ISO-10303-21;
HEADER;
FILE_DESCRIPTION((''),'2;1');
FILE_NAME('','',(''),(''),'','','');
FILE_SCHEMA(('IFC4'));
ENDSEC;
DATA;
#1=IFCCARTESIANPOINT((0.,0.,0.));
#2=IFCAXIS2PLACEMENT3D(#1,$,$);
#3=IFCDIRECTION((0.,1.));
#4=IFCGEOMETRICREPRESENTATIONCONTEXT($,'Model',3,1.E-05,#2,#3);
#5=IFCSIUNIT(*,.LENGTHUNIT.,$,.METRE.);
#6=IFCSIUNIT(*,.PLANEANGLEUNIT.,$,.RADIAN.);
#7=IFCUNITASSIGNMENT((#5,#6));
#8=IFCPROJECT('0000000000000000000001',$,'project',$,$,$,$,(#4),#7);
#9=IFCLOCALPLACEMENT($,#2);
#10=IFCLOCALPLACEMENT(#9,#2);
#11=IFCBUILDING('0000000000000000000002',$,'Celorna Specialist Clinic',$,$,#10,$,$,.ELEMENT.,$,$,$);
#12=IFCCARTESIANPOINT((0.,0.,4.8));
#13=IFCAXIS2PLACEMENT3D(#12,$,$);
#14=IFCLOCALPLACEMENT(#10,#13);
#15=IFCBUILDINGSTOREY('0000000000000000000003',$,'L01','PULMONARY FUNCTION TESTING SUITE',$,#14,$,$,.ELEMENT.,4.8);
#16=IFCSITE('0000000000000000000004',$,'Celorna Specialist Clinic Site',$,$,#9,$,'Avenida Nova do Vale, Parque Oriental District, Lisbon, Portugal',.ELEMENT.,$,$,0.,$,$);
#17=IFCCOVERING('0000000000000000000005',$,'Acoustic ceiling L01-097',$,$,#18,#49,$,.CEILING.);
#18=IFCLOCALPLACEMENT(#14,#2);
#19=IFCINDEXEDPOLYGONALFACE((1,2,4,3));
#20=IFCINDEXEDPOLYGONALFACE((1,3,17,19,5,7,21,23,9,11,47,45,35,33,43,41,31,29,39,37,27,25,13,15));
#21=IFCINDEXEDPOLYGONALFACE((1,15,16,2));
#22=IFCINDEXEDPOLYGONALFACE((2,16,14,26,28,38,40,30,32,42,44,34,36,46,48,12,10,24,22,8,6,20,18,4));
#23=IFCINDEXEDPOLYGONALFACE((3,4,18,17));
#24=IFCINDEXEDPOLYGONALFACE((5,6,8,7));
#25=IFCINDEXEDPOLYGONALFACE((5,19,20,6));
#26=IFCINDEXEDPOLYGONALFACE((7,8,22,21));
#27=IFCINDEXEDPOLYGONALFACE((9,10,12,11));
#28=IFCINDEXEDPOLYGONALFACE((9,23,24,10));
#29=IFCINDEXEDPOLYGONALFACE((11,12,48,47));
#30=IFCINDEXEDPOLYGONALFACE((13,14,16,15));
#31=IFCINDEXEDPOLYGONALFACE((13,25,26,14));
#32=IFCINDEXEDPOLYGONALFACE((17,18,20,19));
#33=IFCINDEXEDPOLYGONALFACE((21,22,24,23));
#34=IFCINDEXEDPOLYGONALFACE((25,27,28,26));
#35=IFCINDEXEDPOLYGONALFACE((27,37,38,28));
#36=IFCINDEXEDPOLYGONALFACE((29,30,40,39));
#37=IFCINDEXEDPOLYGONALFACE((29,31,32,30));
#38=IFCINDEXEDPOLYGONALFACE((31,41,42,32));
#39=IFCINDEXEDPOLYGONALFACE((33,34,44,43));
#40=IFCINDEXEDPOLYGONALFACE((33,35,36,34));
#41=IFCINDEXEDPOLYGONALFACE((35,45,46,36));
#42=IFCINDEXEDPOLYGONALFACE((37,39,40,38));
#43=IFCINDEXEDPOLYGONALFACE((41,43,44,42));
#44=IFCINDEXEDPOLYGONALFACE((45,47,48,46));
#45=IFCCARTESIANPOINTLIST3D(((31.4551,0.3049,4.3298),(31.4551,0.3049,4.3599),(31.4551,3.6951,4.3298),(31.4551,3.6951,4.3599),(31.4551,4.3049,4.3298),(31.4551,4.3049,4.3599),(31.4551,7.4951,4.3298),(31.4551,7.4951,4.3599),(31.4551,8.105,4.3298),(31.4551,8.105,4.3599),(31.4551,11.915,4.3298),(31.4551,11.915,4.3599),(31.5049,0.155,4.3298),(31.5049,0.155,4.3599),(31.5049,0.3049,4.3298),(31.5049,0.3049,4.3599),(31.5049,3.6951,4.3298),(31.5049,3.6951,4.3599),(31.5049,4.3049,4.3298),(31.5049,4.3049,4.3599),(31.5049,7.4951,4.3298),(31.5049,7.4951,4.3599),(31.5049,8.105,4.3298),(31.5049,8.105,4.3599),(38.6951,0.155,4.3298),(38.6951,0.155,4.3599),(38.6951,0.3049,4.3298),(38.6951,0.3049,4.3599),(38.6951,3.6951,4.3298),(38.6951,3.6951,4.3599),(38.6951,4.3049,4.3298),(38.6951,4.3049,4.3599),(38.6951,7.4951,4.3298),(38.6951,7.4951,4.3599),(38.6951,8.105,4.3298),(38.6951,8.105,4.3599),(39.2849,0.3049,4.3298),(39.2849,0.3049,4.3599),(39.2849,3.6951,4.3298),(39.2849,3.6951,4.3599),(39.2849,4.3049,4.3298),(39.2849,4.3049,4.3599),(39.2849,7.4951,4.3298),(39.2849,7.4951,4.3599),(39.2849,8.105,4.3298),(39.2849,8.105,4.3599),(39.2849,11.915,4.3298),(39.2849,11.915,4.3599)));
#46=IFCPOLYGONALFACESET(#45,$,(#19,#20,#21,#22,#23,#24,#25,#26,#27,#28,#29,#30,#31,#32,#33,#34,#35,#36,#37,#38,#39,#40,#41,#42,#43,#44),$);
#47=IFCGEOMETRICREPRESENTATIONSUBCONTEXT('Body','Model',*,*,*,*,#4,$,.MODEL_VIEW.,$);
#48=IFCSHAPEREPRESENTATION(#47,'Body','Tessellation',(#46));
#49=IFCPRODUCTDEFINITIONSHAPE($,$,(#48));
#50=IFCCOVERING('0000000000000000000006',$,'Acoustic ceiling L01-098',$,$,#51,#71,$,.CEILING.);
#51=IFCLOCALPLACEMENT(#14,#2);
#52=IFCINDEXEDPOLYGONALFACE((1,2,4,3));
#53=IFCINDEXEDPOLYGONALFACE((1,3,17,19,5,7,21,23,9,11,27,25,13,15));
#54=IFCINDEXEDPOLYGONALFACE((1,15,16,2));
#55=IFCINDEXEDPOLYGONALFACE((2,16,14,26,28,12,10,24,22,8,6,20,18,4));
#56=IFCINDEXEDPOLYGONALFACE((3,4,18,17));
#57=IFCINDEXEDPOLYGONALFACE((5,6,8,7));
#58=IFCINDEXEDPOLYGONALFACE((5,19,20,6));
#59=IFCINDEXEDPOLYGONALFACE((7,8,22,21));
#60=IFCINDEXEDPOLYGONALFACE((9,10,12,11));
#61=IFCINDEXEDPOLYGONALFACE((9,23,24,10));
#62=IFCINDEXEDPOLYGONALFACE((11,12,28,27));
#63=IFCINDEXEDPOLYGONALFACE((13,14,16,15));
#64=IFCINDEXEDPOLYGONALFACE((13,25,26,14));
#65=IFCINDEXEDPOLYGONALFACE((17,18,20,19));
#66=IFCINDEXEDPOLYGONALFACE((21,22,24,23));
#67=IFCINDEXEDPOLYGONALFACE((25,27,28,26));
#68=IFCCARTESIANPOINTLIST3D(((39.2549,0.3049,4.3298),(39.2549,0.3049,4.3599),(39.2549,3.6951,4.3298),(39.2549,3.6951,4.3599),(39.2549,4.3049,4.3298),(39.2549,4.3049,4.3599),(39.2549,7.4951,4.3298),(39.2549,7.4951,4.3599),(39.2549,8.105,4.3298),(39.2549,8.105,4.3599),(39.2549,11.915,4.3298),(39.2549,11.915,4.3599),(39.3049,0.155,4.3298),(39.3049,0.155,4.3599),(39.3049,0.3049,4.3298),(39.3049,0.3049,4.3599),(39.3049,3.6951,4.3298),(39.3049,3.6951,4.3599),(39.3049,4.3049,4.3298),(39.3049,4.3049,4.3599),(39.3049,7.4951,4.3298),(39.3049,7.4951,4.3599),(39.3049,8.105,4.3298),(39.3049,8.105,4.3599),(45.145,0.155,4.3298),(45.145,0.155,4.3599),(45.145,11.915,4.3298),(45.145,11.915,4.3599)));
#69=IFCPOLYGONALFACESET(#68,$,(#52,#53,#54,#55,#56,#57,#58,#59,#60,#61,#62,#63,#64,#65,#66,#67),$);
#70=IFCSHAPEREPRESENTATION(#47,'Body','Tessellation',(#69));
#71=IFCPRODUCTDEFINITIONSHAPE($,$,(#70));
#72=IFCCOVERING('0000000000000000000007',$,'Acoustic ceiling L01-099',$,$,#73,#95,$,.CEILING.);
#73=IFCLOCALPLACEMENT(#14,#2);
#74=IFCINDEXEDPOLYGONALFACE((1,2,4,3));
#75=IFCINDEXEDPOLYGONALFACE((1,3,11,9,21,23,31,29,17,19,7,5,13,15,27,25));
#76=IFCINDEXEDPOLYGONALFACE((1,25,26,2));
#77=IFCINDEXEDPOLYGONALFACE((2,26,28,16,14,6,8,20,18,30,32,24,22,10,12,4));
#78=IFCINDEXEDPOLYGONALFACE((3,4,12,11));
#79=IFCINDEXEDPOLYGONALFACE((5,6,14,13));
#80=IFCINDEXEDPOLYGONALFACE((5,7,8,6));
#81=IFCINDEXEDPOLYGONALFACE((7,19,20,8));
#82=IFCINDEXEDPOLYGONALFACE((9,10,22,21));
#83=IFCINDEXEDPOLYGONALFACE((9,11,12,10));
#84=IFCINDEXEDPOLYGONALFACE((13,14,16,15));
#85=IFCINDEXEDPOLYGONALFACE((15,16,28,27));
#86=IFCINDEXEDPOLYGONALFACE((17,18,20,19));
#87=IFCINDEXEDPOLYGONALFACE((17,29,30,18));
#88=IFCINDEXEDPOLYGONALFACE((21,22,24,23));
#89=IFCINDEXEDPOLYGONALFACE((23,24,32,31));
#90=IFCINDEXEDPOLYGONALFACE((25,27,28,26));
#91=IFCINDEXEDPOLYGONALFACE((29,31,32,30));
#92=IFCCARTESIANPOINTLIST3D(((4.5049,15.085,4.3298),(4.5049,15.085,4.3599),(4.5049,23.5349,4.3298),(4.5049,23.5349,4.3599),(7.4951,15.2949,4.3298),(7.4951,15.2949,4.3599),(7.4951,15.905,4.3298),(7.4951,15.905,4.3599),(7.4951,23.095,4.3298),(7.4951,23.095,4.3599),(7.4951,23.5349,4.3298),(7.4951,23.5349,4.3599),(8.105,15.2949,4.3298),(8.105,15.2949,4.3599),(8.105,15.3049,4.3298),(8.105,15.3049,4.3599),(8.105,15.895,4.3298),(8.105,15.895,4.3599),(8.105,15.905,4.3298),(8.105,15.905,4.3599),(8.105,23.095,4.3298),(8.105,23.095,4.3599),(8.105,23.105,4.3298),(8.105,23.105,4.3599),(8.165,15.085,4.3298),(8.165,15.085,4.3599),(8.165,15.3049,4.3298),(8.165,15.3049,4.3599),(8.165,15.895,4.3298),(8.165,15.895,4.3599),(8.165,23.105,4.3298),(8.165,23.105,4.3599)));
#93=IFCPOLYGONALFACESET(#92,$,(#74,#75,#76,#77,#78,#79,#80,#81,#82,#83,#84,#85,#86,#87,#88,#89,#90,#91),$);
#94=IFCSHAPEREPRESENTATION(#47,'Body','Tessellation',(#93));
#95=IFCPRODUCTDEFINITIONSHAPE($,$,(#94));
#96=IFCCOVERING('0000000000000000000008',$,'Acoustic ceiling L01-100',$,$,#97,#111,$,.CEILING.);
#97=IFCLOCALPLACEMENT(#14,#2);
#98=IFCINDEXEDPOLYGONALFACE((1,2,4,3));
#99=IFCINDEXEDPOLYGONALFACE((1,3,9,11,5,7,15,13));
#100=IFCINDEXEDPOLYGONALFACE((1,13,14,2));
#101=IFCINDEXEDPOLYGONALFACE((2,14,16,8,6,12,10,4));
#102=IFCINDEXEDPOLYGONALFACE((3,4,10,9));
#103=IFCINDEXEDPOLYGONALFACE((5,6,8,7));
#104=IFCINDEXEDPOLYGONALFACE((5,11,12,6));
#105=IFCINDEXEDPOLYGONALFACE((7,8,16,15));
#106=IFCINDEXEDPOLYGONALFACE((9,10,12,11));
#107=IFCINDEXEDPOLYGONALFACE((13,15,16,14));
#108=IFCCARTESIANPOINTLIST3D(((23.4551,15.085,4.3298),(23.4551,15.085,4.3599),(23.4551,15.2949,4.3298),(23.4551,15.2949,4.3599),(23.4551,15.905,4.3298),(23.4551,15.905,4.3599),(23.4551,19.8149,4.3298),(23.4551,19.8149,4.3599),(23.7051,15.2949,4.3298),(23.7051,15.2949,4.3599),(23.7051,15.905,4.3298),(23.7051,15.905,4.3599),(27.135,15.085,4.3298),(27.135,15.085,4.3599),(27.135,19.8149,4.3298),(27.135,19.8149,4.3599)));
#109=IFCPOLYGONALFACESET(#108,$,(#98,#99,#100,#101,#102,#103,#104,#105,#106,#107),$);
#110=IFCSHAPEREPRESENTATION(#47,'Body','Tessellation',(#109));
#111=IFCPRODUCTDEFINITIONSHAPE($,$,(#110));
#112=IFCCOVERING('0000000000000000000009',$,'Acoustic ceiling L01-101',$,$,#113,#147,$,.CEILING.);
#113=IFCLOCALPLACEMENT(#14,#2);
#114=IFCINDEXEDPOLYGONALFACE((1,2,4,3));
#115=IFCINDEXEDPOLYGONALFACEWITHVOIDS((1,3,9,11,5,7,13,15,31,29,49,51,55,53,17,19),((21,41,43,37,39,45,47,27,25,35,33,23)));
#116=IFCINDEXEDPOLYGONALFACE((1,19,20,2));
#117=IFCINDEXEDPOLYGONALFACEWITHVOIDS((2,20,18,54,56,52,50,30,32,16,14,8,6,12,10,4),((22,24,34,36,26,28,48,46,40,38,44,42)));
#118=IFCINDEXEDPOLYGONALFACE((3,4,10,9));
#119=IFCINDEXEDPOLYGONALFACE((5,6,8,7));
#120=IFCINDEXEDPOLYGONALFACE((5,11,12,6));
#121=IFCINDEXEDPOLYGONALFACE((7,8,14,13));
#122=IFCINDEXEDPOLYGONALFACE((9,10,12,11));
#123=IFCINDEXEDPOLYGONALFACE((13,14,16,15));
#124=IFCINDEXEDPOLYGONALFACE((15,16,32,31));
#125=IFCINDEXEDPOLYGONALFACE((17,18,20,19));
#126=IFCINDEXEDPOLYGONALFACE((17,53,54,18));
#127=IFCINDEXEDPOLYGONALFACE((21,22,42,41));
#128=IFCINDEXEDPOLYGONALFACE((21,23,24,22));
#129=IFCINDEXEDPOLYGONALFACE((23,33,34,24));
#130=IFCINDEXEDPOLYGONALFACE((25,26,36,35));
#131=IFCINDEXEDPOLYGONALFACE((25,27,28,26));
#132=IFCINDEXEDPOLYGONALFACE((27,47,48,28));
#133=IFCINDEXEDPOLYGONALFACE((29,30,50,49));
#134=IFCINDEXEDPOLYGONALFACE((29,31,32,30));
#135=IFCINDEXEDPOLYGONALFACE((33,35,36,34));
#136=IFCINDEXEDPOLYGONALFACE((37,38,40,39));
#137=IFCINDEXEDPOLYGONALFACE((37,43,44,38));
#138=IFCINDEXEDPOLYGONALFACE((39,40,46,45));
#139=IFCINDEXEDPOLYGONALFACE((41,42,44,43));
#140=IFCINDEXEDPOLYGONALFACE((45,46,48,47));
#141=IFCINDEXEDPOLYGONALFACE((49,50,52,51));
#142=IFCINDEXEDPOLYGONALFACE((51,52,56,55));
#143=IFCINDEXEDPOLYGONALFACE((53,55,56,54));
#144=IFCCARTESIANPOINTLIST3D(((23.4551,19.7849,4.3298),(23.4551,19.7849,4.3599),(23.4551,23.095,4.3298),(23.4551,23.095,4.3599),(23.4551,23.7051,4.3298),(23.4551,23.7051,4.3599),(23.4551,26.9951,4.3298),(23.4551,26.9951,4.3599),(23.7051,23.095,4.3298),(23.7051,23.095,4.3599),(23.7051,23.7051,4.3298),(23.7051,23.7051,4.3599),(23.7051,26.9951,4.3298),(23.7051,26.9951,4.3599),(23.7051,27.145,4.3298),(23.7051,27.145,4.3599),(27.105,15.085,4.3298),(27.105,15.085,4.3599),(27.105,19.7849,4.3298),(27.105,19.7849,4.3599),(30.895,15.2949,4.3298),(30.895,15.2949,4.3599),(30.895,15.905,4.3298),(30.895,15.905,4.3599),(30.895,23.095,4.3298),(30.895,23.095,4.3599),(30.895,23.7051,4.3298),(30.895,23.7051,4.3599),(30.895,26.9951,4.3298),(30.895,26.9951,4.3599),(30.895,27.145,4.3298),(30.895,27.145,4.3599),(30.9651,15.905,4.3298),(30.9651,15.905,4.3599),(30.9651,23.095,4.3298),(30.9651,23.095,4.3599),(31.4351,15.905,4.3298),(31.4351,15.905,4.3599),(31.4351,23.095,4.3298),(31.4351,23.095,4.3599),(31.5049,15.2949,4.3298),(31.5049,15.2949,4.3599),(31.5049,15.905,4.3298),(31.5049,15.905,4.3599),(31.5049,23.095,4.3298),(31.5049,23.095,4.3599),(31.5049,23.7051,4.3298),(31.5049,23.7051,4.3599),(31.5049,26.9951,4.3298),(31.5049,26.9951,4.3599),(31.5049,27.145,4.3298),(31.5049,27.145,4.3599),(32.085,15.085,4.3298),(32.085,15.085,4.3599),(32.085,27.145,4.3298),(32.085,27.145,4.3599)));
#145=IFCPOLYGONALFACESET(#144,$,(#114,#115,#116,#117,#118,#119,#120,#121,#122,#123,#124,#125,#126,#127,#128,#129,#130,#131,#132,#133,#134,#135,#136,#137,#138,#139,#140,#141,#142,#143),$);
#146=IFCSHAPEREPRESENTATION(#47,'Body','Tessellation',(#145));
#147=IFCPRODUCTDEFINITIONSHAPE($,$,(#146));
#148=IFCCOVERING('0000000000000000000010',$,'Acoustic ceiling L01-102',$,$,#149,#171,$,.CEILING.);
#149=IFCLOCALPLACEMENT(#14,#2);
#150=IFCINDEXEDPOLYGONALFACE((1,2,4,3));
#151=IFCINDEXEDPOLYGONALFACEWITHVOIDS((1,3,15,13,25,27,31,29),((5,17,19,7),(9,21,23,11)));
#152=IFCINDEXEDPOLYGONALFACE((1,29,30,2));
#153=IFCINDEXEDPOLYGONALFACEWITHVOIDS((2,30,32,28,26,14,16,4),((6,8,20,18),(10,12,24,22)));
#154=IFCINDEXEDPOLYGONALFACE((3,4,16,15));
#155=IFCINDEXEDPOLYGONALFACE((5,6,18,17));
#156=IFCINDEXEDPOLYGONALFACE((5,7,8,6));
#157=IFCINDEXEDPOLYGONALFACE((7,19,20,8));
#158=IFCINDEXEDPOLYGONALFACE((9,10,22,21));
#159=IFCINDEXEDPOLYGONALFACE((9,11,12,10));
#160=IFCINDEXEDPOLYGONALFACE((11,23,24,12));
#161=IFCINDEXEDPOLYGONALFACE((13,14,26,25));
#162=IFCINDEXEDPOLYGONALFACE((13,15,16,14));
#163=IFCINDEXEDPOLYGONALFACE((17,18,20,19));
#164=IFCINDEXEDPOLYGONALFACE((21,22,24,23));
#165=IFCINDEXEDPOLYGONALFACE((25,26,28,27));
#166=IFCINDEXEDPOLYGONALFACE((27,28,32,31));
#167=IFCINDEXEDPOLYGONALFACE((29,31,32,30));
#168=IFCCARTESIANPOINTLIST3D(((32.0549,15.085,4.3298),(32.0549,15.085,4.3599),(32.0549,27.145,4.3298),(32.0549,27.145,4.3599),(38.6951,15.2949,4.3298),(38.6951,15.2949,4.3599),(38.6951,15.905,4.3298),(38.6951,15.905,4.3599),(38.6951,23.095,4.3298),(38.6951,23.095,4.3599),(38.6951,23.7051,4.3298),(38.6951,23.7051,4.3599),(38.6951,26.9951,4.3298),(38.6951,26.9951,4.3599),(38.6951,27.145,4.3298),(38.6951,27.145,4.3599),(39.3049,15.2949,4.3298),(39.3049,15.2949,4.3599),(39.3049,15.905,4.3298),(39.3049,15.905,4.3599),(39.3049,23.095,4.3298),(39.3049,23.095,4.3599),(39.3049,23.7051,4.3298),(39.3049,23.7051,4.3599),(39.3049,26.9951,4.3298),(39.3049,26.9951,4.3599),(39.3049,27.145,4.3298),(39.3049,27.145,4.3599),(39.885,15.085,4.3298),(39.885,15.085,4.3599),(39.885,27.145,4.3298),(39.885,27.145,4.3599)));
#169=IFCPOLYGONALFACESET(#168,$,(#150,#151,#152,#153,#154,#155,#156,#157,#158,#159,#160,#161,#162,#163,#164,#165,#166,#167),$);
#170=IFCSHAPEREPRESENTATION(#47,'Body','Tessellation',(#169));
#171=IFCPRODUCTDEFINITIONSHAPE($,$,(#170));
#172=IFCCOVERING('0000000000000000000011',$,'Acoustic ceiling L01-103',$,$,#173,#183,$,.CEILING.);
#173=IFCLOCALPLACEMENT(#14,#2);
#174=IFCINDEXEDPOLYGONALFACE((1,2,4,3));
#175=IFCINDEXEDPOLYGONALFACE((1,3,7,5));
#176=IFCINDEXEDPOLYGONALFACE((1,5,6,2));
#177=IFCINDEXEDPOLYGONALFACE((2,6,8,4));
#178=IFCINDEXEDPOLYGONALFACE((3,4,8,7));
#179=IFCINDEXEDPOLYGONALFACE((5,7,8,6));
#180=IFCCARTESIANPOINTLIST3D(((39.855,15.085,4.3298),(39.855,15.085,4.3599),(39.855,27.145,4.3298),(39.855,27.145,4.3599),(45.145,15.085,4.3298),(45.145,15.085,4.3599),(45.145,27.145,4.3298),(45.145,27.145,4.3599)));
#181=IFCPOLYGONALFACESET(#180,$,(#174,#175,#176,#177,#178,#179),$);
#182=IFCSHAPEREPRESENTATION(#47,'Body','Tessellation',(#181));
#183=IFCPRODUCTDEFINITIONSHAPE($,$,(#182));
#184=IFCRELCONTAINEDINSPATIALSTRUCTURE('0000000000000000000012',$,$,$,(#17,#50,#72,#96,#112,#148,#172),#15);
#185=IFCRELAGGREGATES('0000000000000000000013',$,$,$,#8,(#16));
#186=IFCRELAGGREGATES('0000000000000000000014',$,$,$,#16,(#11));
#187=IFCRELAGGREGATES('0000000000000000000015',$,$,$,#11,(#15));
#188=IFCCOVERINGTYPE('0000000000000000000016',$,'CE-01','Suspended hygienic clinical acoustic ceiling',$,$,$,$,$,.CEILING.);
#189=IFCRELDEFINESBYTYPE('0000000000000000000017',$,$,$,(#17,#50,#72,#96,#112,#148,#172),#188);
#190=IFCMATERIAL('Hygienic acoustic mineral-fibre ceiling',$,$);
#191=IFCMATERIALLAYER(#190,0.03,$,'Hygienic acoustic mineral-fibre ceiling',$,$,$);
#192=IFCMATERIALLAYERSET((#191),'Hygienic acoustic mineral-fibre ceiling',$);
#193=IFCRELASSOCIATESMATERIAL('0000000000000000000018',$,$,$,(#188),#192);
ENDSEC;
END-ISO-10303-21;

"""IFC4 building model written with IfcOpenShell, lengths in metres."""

from ifc_helpers import new_model, si_unit, direction, frame, origin, place, context, subcontext, project, spatial, polyline, outline, extrude, material, layer, layer_set, type_object, element, save


model = new_model("IFC4")

# Units and contexts
model_context = context("Model", 3, precision=1e-05, world=origin(), true_north=direction((0.0, 1.0)))
body_context = subcontext(model_context, "Body", "Model", "MODEL_VIEW")
ifc_project = project(units=[si_unit("LENGTHUNIT", "METRE"), si_unit("PLANEANGLEUNIT", "RADIAN")], contexts=[model_context])

# Site, building, storey
site_placement = place(None, origin())
site = spatial("IfcSite", under=ifc_project, at=site_placement, Name="Celorna Specialist Clinic Site", LongName="Avenida Nova do Vale, Parque Oriental District, Lisbon, Portugal", CompositionType="ELEMENT", RefElevation=0.0)
building_placement = place(site_placement, origin())
building = spatial("IfcBuilding", under=site, at=building_placement, Name="Celorna Specialist Clinic", CompositionType="ELEMENT")
storey_placement = place(building_placement, frame((0.0, 0.0, 4.8)))
storey = spatial("IfcBuildingStorey", under=building, at=storey_placement, Name="L01", Description="PULMONARY FUNCTION TESTING SUITE", CompositionType="ELEMENT", Elevation=4.8)

# Coverings
ifc_material_1 = material(Name="Hygienic acoustic mineral-fibre ceiling")
ifc_layer_1 = layer(ifc_material_1, 0.03, Name="Hygienic acoustic mineral-fibre ceiling")
ifc_layer_set_1 = layer_set([ifc_layer_1], Name="Hygienic acoustic mineral-fibre ceiling")
covering_type_1 = type_object("IfcCoveringType", Name="CE-01", Description="Suspended hygienic clinical acoustic ceiling", PredefinedType="CEILING", material=ifc_layer_set_1)
covering_1_placement = place(storey_placement, frame((0.0, 0.0, 4.3298)))
element("IfcCovering", 1, at=covering_1_placement, inside=storey, type_object=covering_type_1, Name="Acoustic ceiling L01-097", PredefinedType="CEILING", context=body_context, shape_type="SweptSolid", body=[
    extrude(outline(polyline([(31.4551, 3.6951), (31.5049, 3.6951), (31.5049, 4.3049), (31.4551, 4.3049), (31.4551, 7.4951), (31.5049, 7.4951), (31.5049, 8.105), (31.4551, 8.105), (31.4551, 11.915), (39.2849, 11.915), (39.2849, 8.105), (38.6951, 8.105), (38.6951, 7.4951), (39.2849, 7.4951), (39.2849, 4.3049), (38.6951, 4.3049), (38.6951, 3.6951), (39.2849, 3.6951), (39.2849, 0.3049), (38.6951, 0.3049), (38.6951, 0.155), (31.5049, 0.155), (31.5049, 0.3049), (31.4551, 0.3049), (31.4551, 3.6951)])), origin(), (0.0, 0.0, 1.0), 0.03),
])
covering_2_placement = place(storey_placement, frame((0.0, 0.0, 4.3298)))
element("IfcCovering", 2, at=covering_2_placement, inside=storey, type_object=covering_type_1, Name="Acoustic ceiling L01-098", PredefinedType="CEILING", context=body_context, shape_type="SweptSolid", body=[
    extrude(outline(polyline([(39.2549, 3.6951), (39.3049, 3.6951), (39.3049, 4.3049), (39.2549, 4.3049), (39.2549, 7.4951), (39.3049, 7.4951), (39.3049, 8.105), (39.2549, 8.105), (39.2549, 11.915), (45.145, 11.915), (45.145, 0.155), (39.3049, 0.155), (39.3049, 0.3049), (39.2549, 0.3049), (39.2549, 3.6951)])), origin(), (0.0, 0.0, 1.0), 0.03),
])
covering_3_placement = place(storey_placement, frame((0.0, 0.0, 4.3298)))
element("IfcCovering", 3, at=covering_3_placement, inside=storey, type_object=covering_type_1, Name="Acoustic ceiling L01-099", PredefinedType="CEILING", context=body_context, shape_type="SweptSolid", body=[
    extrude(outline(polyline([(8.165, 15.085), (4.5049, 15.085), (4.5049, 23.5349), (7.4951, 23.5349), (7.4951, 23.095), (8.105, 23.095), (8.105, 23.105), (8.165, 23.105), (8.165, 15.895), (8.105, 15.895), (8.105, 15.905), (7.4951, 15.905), (7.4951, 15.2949), (8.105, 15.2949), (8.105, 15.3049), (8.165, 15.3049), (8.165, 15.085)])), origin(), (0.0, 0.0, 1.0), 0.03),
])
covering_4_placement = place(storey_placement, frame((0.0, 0.0, 4.3298)))
element("IfcCovering", 4, at=covering_4_placement, inside=storey, type_object=covering_type_1, Name="Acoustic ceiling L01-100", PredefinedType="CEILING", context=body_context, shape_type="SweptSolid", body=[
    extrude(outline(polyline([(23.4551, 19.8149), (27.135, 19.8149), (27.135, 15.085), (23.4551, 15.085), (23.4551, 15.2949), (23.7051, 15.2949), (23.7051, 15.905), (23.4551, 15.905), (23.4551, 19.8149)])), origin(), (0.0, 0.0, 1.0), 0.03),
])
covering_5_placement = place(storey_placement, frame((0.0, 0.0, 4.3298)))
element("IfcCovering", 5, at=covering_5_placement, inside=storey, type_object=covering_type_1, Name="Acoustic ceiling L01-101", PredefinedType="CEILING", context=body_context, shape_type="SweptSolid", body=[
    extrude(outline(polyline([(27.105, 19.7849), (23.4551, 19.7849), (23.4551, 23.095), (23.7051, 23.095), (23.7051, 23.7051), (23.4551, 23.7051), (23.4551, 26.9951), (23.7051, 26.9951), (23.7051, 27.145), (30.895, 27.145), (30.895, 26.9951), (31.5049, 26.9951), (31.5049, 27.145), (32.085, 27.145), (32.085, 15.085), (27.105, 15.085), (27.105, 19.7849)]), holes=[polyline([(31.4351, 23.095), (31.5049, 23.095), (31.5049, 23.7051), (30.895, 23.7051), (30.895, 23.095), (30.9651, 23.095), (30.9651, 15.905), (30.895, 15.905), (30.895, 15.2949), (31.5049, 15.2949), (31.5049, 15.905), (31.4351, 15.905), (31.4351, 23.095)])]), origin(), (0.0, 0.0, 1.0), 0.03),
])
covering_6_placement = place(storey_placement, frame((0.0, 0.0, 4.3298)))
element("IfcCovering", 6, at=covering_6_placement, inside=storey, type_object=covering_type_1, Name="Acoustic ceiling L01-102", PredefinedType="CEILING", context=body_context, shape_type="SweptSolid", body=[
    extrude(outline(polyline([(38.6951, 27.145), (38.6951, 26.9951), (39.3049, 26.9951), (39.3049, 27.145), (39.885, 27.145), (39.885, 15.085), (32.0549, 15.085), (32.0549, 27.145), (38.6951, 27.145)]), holes=[polyline([(39.3049, 15.905), (38.6951, 15.905), (38.6951, 15.2949), (39.3049, 15.2949), (39.3049, 15.905)]), polyline([(39.3049, 23.095), (39.3049, 23.7051), (38.6951, 23.7051), (38.6951, 23.095), (39.3049, 23.095)])]), origin(), (0.0, 0.0, 1.0), 0.03),
])
covering_7_placement = place(storey_placement, frame((0.0, 0.0, 4.3298)))
element("IfcCovering", 7, at=covering_7_placement, inside=storey, type_object=covering_type_1, Name="Acoustic ceiling L01-103", PredefinedType="CEILING", context=body_context, shape_type="SweptSolid", body=[
    extrude(outline(polyline([(45.145, 27.145), (45.145, 15.085), (39.855, 15.085), (39.855, 27.145), (45.145, 27.145)])), origin(), (0.0, 0.0, 1.0), 0.03),
])

save(model, "model.ifc")
